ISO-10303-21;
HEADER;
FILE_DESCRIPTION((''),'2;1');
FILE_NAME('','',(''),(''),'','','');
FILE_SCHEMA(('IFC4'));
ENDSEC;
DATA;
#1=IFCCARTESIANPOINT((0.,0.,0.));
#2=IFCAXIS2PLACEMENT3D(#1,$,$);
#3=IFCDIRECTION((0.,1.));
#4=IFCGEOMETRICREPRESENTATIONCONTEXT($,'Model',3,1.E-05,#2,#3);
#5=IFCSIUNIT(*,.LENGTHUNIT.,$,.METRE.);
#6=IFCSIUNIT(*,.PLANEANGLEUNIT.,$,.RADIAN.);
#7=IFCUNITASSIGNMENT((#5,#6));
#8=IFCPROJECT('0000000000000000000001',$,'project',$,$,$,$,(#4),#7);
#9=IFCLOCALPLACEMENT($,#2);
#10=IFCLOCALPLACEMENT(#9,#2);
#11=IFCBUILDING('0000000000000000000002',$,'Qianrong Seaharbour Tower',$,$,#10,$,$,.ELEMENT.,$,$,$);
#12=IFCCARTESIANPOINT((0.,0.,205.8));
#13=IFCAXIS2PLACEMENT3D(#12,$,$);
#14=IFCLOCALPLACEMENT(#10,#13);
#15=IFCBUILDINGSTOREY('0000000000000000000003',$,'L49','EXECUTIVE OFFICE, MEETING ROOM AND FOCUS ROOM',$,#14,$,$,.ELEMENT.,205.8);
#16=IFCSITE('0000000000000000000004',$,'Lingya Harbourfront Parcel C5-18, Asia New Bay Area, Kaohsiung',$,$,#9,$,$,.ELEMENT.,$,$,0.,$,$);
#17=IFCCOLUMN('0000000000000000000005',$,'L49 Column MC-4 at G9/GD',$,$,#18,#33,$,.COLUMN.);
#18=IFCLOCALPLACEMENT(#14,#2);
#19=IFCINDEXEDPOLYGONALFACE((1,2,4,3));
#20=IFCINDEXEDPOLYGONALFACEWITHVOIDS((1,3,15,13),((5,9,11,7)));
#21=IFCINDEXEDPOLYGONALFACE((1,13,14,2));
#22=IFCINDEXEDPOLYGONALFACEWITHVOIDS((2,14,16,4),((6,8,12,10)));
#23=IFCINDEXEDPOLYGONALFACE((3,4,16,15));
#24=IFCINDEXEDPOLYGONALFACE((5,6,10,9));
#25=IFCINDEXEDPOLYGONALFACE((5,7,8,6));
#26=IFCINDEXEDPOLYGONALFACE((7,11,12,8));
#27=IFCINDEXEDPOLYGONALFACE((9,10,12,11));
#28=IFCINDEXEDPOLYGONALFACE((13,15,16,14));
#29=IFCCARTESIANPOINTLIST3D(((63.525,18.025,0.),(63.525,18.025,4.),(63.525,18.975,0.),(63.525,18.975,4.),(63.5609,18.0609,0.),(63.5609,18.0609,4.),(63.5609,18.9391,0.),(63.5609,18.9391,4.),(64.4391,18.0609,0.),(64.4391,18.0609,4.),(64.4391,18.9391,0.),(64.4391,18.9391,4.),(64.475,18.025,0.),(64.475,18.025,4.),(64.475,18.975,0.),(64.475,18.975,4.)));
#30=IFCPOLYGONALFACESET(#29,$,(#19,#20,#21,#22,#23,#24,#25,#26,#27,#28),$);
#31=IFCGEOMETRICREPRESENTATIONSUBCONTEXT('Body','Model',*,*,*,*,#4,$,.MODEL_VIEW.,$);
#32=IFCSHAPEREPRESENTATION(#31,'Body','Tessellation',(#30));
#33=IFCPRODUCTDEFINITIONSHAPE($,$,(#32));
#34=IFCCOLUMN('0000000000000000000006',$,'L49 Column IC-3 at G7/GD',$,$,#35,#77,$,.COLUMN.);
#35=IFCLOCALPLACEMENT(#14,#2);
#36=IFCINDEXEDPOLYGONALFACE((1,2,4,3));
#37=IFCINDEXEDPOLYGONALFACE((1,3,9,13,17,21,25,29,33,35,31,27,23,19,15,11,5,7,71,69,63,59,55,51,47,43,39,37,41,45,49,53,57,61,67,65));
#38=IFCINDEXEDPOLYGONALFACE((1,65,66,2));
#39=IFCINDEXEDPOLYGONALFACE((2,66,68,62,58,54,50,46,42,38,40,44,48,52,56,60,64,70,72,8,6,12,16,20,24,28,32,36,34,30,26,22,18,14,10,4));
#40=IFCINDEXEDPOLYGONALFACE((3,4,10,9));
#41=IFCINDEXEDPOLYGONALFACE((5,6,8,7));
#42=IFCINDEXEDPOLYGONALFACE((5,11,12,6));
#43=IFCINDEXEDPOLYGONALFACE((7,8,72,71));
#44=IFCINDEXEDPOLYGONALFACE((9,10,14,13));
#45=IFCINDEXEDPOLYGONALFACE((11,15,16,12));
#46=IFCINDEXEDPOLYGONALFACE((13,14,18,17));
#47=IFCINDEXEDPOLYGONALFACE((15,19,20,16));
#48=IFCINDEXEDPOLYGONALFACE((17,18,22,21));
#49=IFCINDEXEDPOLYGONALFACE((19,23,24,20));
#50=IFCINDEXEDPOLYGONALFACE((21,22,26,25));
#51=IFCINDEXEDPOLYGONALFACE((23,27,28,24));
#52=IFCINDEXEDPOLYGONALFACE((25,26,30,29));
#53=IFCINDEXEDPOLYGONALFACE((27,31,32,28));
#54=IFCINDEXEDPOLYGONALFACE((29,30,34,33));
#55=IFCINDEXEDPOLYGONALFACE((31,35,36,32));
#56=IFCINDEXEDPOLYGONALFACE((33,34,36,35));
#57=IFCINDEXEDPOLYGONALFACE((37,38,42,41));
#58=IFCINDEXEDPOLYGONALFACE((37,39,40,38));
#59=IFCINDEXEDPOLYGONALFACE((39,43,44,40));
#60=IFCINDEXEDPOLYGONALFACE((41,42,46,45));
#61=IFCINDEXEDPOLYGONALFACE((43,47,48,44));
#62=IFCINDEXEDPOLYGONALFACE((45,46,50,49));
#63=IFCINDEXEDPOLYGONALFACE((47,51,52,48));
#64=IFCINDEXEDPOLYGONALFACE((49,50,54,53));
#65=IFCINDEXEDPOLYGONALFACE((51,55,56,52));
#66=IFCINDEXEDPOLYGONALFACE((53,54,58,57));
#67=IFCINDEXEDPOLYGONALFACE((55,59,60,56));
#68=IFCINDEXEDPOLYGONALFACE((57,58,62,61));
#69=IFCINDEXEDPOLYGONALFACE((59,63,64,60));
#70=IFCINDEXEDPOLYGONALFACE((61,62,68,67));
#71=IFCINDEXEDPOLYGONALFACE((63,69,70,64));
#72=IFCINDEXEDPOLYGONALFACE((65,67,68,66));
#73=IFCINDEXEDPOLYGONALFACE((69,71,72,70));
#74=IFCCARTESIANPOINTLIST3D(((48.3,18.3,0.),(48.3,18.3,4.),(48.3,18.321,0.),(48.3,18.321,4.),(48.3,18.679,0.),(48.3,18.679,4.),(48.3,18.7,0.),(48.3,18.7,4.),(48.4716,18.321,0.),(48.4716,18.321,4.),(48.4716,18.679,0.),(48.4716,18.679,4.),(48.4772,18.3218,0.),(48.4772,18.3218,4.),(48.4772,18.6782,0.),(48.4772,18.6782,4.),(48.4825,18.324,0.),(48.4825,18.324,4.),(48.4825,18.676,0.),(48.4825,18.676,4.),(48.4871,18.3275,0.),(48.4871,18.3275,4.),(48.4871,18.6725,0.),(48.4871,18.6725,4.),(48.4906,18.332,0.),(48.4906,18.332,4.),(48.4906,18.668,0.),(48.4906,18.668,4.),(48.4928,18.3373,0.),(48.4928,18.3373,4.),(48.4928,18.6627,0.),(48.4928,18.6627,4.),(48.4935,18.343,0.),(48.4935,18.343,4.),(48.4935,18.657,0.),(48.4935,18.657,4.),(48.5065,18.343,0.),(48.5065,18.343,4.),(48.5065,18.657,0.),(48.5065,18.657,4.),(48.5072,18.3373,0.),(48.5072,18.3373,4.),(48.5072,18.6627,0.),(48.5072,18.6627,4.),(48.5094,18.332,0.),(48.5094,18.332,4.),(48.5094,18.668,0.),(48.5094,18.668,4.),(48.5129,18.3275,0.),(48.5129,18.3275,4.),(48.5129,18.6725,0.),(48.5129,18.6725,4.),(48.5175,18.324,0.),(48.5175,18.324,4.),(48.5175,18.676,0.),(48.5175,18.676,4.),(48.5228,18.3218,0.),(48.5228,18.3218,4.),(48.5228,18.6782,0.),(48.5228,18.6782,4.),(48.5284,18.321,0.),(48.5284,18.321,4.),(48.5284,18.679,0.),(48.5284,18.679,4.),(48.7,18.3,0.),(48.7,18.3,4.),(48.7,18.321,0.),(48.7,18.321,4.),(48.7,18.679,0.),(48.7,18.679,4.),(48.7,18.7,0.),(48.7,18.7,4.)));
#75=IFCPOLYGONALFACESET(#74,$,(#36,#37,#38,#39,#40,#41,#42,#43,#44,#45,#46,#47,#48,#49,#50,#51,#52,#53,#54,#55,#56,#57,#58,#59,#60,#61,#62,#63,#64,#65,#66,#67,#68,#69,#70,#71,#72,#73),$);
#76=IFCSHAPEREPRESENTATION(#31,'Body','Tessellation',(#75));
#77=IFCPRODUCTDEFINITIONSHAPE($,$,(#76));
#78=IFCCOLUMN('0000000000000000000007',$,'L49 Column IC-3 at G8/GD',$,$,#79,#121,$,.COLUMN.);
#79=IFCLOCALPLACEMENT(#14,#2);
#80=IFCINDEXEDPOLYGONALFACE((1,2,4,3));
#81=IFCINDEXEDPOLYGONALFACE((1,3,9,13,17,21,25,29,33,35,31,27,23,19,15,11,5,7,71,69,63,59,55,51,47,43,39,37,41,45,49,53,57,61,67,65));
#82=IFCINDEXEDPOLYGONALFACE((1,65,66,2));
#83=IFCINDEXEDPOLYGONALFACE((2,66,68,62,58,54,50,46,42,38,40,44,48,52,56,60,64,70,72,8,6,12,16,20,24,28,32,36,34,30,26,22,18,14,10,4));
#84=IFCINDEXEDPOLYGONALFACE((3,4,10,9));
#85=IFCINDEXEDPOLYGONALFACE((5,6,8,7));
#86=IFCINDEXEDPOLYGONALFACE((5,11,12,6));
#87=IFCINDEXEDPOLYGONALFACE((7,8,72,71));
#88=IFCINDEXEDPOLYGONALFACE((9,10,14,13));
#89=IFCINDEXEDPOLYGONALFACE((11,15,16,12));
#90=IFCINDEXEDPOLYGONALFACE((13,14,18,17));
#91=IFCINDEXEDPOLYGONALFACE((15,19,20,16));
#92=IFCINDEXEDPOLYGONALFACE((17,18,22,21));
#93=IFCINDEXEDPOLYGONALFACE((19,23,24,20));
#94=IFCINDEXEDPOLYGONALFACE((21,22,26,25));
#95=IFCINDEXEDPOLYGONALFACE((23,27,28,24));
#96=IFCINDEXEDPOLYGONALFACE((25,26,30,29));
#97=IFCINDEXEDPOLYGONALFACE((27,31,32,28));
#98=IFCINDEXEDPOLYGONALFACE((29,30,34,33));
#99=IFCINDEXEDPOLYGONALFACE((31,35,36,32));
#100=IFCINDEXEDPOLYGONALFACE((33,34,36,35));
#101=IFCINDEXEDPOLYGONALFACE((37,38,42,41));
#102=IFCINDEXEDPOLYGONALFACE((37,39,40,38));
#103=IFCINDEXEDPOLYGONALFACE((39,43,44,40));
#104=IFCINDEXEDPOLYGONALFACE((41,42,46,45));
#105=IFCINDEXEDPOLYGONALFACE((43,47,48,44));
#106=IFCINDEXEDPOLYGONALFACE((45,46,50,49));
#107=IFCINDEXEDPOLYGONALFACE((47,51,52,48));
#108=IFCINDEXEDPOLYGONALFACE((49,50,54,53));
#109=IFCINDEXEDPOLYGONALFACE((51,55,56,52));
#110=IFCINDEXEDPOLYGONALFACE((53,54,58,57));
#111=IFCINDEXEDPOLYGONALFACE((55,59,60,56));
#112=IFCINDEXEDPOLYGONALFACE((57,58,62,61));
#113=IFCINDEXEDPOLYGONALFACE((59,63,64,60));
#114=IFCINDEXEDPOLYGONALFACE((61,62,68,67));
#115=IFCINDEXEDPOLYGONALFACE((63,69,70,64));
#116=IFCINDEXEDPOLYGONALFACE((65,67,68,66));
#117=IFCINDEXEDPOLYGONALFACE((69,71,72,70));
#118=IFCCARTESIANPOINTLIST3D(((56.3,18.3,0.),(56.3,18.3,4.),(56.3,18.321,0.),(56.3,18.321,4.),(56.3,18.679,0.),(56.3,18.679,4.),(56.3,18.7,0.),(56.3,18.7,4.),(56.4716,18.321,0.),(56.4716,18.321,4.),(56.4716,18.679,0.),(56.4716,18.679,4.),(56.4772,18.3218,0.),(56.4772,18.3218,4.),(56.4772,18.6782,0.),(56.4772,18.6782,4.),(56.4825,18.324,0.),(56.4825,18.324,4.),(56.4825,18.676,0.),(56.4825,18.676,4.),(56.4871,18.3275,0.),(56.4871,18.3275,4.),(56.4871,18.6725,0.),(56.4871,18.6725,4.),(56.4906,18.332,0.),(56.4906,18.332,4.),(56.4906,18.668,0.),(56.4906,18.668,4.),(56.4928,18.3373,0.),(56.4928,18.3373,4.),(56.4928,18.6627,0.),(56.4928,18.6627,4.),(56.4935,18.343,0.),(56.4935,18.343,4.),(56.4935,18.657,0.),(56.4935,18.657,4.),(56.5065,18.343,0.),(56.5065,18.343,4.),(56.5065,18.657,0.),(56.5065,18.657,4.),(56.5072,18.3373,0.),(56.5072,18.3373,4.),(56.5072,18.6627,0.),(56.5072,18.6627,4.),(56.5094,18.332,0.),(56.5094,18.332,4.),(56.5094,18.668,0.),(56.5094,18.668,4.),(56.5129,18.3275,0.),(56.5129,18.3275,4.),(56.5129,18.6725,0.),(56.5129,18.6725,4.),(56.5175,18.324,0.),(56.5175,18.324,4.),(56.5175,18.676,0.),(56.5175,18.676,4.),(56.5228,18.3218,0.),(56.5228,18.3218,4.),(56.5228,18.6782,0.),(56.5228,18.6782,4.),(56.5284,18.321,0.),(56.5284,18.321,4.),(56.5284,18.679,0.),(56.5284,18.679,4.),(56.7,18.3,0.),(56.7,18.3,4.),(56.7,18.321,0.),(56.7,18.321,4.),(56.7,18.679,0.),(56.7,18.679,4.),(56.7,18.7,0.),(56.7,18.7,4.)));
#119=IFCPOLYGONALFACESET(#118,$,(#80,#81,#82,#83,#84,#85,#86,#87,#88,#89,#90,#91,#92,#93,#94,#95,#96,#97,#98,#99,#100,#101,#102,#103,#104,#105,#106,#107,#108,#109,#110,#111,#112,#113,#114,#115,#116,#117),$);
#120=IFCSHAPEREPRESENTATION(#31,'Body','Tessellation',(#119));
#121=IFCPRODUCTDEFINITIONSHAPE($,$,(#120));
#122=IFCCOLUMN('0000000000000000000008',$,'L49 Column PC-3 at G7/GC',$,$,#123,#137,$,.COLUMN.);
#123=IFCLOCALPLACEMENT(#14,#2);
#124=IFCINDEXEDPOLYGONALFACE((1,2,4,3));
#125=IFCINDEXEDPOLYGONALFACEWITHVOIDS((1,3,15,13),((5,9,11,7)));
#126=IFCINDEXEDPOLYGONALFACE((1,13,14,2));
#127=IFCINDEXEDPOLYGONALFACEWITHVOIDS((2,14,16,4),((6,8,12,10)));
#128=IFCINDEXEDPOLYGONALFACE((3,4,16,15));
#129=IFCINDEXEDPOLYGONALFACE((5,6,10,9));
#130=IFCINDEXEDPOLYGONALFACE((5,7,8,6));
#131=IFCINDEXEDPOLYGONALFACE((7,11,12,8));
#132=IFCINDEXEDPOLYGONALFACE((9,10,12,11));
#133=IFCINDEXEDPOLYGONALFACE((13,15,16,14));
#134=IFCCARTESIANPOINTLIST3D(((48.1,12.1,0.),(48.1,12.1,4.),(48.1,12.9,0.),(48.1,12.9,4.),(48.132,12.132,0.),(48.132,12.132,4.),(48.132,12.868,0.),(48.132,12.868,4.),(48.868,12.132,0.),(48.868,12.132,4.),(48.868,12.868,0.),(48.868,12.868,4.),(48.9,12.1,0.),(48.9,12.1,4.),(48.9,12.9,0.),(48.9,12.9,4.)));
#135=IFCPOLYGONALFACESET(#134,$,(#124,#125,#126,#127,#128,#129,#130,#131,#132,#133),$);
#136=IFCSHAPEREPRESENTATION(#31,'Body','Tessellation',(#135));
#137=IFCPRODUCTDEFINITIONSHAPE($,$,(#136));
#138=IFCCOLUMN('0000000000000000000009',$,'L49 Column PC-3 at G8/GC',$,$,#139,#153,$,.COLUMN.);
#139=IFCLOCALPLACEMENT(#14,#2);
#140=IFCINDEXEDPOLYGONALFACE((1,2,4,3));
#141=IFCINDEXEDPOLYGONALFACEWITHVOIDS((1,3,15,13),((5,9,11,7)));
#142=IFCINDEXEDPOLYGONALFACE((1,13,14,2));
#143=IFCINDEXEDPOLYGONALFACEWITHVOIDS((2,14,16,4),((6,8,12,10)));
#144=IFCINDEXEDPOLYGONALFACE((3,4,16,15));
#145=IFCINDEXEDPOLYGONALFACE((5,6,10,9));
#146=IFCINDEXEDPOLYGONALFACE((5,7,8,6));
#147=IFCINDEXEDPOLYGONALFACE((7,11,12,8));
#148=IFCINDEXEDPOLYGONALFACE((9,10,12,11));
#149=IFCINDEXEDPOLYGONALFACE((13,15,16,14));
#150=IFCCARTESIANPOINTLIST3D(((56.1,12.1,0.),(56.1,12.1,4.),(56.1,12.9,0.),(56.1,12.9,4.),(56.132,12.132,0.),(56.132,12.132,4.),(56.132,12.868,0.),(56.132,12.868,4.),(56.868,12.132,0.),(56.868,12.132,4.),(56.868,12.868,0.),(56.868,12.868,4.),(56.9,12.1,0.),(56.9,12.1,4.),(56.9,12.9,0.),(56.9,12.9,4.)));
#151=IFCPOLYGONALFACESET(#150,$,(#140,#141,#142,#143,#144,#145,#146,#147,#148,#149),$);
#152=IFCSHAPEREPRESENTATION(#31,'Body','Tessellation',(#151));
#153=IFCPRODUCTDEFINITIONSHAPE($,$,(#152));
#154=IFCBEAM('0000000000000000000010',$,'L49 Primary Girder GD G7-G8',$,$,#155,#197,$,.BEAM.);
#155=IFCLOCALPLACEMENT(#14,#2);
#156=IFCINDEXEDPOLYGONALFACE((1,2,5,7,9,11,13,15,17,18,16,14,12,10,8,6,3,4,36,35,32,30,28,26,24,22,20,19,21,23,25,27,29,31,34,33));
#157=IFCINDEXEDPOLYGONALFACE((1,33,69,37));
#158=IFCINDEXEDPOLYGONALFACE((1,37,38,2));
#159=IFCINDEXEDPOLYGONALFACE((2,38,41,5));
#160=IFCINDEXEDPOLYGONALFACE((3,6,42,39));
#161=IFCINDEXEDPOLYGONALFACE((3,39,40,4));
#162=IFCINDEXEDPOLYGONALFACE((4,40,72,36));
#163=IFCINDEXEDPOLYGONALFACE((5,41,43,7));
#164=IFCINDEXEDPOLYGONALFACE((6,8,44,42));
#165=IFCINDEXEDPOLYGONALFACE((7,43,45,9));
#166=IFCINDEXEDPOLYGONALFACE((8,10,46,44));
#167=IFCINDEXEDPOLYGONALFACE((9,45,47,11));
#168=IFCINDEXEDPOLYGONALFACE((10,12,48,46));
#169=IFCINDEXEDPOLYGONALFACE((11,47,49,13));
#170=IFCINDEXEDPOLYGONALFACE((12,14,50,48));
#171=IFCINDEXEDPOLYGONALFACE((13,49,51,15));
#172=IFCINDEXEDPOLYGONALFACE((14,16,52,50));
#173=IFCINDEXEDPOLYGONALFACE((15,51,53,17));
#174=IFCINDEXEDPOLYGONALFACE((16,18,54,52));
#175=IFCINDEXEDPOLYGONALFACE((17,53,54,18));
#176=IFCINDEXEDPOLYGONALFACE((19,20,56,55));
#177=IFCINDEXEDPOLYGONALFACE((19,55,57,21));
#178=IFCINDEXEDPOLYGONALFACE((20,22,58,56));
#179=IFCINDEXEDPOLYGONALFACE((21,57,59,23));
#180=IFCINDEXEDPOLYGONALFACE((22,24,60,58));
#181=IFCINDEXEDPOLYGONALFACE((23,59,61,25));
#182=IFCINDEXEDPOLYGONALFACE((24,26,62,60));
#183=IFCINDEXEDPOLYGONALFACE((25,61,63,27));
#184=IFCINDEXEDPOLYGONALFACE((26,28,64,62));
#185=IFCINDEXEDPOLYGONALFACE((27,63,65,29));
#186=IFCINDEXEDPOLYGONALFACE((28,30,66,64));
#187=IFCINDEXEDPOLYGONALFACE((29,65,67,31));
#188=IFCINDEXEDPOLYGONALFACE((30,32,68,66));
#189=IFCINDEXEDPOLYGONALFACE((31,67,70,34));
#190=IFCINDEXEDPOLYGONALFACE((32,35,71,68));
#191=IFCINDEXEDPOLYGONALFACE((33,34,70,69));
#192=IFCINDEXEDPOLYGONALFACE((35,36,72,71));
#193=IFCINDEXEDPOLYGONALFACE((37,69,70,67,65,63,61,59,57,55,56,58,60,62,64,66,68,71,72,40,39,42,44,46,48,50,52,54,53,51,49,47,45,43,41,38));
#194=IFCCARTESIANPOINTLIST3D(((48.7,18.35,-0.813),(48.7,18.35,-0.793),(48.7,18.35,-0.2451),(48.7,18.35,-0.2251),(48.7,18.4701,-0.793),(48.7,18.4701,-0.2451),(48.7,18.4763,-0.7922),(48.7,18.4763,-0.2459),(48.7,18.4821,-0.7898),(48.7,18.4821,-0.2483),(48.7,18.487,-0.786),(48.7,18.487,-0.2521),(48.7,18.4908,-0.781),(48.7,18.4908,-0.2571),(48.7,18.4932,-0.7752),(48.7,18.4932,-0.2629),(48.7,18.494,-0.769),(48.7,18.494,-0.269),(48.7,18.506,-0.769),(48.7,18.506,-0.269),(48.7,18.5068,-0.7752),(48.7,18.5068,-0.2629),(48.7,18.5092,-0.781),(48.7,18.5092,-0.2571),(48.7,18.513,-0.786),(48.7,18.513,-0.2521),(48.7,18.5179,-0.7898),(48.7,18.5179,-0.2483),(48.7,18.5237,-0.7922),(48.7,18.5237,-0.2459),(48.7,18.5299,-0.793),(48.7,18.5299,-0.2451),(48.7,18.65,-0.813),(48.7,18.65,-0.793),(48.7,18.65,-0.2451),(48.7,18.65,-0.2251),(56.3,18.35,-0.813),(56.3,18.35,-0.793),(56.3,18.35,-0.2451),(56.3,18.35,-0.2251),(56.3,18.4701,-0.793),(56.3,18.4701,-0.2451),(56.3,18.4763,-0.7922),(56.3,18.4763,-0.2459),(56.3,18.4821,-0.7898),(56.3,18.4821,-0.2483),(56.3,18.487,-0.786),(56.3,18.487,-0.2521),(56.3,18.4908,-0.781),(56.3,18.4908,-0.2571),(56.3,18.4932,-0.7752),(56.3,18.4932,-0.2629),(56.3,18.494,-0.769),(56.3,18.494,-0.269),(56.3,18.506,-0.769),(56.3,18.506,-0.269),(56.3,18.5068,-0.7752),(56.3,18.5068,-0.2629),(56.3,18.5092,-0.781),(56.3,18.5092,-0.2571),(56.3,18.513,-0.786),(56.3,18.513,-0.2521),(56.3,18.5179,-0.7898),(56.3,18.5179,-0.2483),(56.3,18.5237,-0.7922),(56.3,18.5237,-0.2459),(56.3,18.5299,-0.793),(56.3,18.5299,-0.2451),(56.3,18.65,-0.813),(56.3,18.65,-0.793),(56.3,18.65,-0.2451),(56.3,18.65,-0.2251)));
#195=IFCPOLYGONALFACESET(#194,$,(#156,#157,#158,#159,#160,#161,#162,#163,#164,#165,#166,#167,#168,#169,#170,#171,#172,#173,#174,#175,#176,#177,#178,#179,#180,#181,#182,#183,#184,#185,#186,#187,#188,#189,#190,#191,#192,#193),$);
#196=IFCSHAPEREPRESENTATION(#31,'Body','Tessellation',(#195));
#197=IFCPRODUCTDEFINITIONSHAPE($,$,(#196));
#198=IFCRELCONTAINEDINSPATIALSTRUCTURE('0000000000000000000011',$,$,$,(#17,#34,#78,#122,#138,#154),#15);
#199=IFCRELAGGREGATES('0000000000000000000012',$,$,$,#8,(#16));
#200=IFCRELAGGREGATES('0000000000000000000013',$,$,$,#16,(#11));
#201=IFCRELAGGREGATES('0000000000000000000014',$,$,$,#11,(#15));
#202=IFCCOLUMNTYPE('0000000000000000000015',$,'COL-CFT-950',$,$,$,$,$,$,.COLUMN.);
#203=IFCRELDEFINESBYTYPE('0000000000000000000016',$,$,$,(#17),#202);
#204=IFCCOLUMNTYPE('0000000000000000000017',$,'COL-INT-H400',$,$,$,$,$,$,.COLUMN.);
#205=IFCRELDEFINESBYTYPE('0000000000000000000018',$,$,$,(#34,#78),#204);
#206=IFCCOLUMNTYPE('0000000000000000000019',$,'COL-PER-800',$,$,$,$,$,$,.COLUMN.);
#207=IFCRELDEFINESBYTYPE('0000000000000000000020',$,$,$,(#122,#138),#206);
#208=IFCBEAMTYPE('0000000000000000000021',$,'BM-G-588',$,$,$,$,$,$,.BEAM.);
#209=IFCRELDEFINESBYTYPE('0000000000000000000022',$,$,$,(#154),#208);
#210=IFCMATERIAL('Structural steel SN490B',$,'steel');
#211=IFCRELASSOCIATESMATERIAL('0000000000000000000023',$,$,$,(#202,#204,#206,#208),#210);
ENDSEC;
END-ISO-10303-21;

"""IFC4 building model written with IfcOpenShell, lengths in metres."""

from ifc_helpers import new_model, si_unit, direction, frame, origin, origin_2d, place, context, subcontext, project, spatial, hollow_rectangle, i_section, extrude, material, material_profile, profile_set, type_object, element, save


model = new_model("IFC4")

# Units and contexts
model_context = context("Model", 3, precision=1e-05, world=origin(), true_north=direction((0.0, 1.0)))
body_context = subcontext(model_context, "Body", "Model", "MODEL_VIEW")
ifc_project = project(units=[si_unit("LENGTHUNIT", "METRE"), si_unit("PLANEANGLEUNIT", "RADIAN")], contexts=[model_context])

# Site, building, storey
site_placement = place(None, origin())
site = spatial("IfcSite", under=ifc_project, at=site_placement, Name="Lingya Harbourfront Parcel C5-18, Asia New Bay Area, Kaohsiung", CompositionType="ELEMENT", RefElevation=0.0)
building_placement = place(site_placement, origin())
building = spatial("IfcBuilding", under=site, at=building_placement, Name="Qianrong Seaharbour Tower", CompositionType="ELEMENT")
storey_placement = place(building_placement, frame((0.0, 0.0, 205.8)))
storey = spatial("IfcBuildingStorey", under=building, at=storey_placement, Name="L49", Description="EXECUTIVE OFFICE, MEETING ROOM AND FOCUS ROOM", CompositionType="ELEMENT", Elevation=205.8)

# Columns
ifc_material_1 = material(Name="Structural steel SN490B", Category="steel")
ifc_material_profile_1 = material_profile(ifc_material_1, hollow_rectangle(XDim=0.95, YDim=0.95, WallThickness=0.0359, at=origin_2d()), Name="BOX950x950x36")
ifc_profile_set_1 = profile_set([ifc_material_profile_1], Name="Structural steel SN490B")
column_type_1 = type_object("IfcColumnType", Name="COL-CFT-950", PredefinedType="COLUMN", material=ifc_profile_set_1)
column_placement = place(storey_placement, frame((64.0, 18.5, 0.0), z_axis=(0.0, 0.0, 1.0), x_axis=(1.0, 0.0, 0.0)))
element("IfcColumn", 1, at=column_placement, inside=storey, type_object=column_type_1, Name="L49 Column MC-4 at G9/GD", PredefinedType="COLUMN", context=body_context, shape_type="SweptSolid", body=[
    extrude(hollow_rectangle(XDim=0.95, YDim=0.95, WallThickness=0.0359, at=origin_2d()), origin(), (0.0, 0.0, 1.0), 4.0),
])
ifc_material_profile_2 = material_profile(ifc_material_1, i_section(OverallWidth=0.3999, OverallDepth=0.3999, WebThickness=0.0129, FlangeThickness=0.021, FilletRadius=0.022, at=origin_2d()), Name="H400x400x13x21")
ifc_profile_set_2 = profile_set([ifc_material_profile_2], Name="Structural steel SN490B")
column_type_2 = type_object("IfcColumnType", Name="COL-INT-H400", PredefinedType="COLUMN", material=ifc_profile_set_2)
for number, where, z_axis, x_axis, name in (
    (2, (48.5, 18.5, 0.0), (0.0, 0.0, 1.0), (1.0, 0.0, 0.0), "L49 Column IC-3 at G7/GD"),
    (3, (56.5, 18.5, 0.0), (0.0, 0.0, 1.0), (1.0, 0.0, 0.0), "L49 Column IC-3 at G8/GD"),
):
    element("IfcColumn", number, at=place(storey_placement, frame(where, z_axis=z_axis, x_axis=x_axis)), inside=storey, type_object=column_type_2, Name=name, PredefinedType="COLUMN", context=body_context, shape_type="SweptSolid", body=[
        extrude(i_section(OverallWidth=0.3999, OverallDepth=0.3999, WebThickness=0.0129, FlangeThickness=0.021, FilletRadius=0.022, at=origin_2d()), origin(), (0.0, 0.0, 1.0), 4.0),
    ])
ifc_material_profile_3 = material_profile(ifc_material_1, hollow_rectangle(XDim=0.8, YDim=0.8, WallThickness=0.032, at=origin_2d()), Name="BOX800x800x32")
ifc_profile_set_3 = profile_set([ifc_material_profile_3], Name="Structural steel SN490B")
column_type_3 = type_object("IfcColumnType", Name="COL-PER-800", PredefinedType="COLUMN", material=ifc_profile_set_3)
for number, where, z_axis, x_axis, name in (
    (4, (48.5, 12.5, 0.0), (0.0, 0.0, 1.0), (1.0, 0.0, 0.0), "L49 Column PC-3 at G7/GC"),
    (5, (56.5, 12.5, 0.0), (0.0, 0.0, 1.0), (1.0, 0.0, 0.0), "L49 Column PC-3 at G8/GC"),
):
    element("IfcColumn", number, at=place(storey_placement, frame(where, z_axis=z_axis, x_axis=x_axis)), inside=storey, type_object=column_type_3, Name=name, PredefinedType="COLUMN", context=body_context, shape_type="SweptSolid", body=[
        extrude(hollow_rectangle(XDim=0.8, YDim=0.8, WallThickness=0.032, at=origin_2d()), origin(), (0.0, 0.0, 1.0), 4.0),
    ])

# Beam
ifc_material_profile_4 = material_profile(ifc_material_1, i_section(OverallWidth=0.3, OverallDepth=0.5879, WebThickness=0.012, FlangeThickness=0.02, FilletRadius=0.0239, at=origin_2d()), Name="H588x300x12x20")
ifc_profile_set_4 = profile_set([ifc_material_profile_4], Name="Structural steel SN490B")
beam_type_1 = type_object("IfcBeamType", Name="BM-G-588", PredefinedType="BEAM", material=ifc_profile_set_4)
beam_1_placement = place(storey_placement, frame((48.7, 18.5, -0.519), z_axis=(1.0, 0.0, 0.0), x_axis=(0.0, 1.0, 0.0)))
element("IfcBeam", 6, at=beam_1_placement, inside=storey, type_object=beam_type_1, Name="L49 Primary Girder GD G7-G8", PredefinedType="BEAM", context=body_context, shape_type="SweptSolid", body=[
    extrude(i_section(OverallWidth=0.3, OverallDepth=0.5879, WebThickness=0.012, FlangeThickness=0.02, FilletRadius=0.0239, at=origin_2d()), origin(), (0.0, 0.0, 1.0), 7.6001),
])

save(model, "model.ifc")
